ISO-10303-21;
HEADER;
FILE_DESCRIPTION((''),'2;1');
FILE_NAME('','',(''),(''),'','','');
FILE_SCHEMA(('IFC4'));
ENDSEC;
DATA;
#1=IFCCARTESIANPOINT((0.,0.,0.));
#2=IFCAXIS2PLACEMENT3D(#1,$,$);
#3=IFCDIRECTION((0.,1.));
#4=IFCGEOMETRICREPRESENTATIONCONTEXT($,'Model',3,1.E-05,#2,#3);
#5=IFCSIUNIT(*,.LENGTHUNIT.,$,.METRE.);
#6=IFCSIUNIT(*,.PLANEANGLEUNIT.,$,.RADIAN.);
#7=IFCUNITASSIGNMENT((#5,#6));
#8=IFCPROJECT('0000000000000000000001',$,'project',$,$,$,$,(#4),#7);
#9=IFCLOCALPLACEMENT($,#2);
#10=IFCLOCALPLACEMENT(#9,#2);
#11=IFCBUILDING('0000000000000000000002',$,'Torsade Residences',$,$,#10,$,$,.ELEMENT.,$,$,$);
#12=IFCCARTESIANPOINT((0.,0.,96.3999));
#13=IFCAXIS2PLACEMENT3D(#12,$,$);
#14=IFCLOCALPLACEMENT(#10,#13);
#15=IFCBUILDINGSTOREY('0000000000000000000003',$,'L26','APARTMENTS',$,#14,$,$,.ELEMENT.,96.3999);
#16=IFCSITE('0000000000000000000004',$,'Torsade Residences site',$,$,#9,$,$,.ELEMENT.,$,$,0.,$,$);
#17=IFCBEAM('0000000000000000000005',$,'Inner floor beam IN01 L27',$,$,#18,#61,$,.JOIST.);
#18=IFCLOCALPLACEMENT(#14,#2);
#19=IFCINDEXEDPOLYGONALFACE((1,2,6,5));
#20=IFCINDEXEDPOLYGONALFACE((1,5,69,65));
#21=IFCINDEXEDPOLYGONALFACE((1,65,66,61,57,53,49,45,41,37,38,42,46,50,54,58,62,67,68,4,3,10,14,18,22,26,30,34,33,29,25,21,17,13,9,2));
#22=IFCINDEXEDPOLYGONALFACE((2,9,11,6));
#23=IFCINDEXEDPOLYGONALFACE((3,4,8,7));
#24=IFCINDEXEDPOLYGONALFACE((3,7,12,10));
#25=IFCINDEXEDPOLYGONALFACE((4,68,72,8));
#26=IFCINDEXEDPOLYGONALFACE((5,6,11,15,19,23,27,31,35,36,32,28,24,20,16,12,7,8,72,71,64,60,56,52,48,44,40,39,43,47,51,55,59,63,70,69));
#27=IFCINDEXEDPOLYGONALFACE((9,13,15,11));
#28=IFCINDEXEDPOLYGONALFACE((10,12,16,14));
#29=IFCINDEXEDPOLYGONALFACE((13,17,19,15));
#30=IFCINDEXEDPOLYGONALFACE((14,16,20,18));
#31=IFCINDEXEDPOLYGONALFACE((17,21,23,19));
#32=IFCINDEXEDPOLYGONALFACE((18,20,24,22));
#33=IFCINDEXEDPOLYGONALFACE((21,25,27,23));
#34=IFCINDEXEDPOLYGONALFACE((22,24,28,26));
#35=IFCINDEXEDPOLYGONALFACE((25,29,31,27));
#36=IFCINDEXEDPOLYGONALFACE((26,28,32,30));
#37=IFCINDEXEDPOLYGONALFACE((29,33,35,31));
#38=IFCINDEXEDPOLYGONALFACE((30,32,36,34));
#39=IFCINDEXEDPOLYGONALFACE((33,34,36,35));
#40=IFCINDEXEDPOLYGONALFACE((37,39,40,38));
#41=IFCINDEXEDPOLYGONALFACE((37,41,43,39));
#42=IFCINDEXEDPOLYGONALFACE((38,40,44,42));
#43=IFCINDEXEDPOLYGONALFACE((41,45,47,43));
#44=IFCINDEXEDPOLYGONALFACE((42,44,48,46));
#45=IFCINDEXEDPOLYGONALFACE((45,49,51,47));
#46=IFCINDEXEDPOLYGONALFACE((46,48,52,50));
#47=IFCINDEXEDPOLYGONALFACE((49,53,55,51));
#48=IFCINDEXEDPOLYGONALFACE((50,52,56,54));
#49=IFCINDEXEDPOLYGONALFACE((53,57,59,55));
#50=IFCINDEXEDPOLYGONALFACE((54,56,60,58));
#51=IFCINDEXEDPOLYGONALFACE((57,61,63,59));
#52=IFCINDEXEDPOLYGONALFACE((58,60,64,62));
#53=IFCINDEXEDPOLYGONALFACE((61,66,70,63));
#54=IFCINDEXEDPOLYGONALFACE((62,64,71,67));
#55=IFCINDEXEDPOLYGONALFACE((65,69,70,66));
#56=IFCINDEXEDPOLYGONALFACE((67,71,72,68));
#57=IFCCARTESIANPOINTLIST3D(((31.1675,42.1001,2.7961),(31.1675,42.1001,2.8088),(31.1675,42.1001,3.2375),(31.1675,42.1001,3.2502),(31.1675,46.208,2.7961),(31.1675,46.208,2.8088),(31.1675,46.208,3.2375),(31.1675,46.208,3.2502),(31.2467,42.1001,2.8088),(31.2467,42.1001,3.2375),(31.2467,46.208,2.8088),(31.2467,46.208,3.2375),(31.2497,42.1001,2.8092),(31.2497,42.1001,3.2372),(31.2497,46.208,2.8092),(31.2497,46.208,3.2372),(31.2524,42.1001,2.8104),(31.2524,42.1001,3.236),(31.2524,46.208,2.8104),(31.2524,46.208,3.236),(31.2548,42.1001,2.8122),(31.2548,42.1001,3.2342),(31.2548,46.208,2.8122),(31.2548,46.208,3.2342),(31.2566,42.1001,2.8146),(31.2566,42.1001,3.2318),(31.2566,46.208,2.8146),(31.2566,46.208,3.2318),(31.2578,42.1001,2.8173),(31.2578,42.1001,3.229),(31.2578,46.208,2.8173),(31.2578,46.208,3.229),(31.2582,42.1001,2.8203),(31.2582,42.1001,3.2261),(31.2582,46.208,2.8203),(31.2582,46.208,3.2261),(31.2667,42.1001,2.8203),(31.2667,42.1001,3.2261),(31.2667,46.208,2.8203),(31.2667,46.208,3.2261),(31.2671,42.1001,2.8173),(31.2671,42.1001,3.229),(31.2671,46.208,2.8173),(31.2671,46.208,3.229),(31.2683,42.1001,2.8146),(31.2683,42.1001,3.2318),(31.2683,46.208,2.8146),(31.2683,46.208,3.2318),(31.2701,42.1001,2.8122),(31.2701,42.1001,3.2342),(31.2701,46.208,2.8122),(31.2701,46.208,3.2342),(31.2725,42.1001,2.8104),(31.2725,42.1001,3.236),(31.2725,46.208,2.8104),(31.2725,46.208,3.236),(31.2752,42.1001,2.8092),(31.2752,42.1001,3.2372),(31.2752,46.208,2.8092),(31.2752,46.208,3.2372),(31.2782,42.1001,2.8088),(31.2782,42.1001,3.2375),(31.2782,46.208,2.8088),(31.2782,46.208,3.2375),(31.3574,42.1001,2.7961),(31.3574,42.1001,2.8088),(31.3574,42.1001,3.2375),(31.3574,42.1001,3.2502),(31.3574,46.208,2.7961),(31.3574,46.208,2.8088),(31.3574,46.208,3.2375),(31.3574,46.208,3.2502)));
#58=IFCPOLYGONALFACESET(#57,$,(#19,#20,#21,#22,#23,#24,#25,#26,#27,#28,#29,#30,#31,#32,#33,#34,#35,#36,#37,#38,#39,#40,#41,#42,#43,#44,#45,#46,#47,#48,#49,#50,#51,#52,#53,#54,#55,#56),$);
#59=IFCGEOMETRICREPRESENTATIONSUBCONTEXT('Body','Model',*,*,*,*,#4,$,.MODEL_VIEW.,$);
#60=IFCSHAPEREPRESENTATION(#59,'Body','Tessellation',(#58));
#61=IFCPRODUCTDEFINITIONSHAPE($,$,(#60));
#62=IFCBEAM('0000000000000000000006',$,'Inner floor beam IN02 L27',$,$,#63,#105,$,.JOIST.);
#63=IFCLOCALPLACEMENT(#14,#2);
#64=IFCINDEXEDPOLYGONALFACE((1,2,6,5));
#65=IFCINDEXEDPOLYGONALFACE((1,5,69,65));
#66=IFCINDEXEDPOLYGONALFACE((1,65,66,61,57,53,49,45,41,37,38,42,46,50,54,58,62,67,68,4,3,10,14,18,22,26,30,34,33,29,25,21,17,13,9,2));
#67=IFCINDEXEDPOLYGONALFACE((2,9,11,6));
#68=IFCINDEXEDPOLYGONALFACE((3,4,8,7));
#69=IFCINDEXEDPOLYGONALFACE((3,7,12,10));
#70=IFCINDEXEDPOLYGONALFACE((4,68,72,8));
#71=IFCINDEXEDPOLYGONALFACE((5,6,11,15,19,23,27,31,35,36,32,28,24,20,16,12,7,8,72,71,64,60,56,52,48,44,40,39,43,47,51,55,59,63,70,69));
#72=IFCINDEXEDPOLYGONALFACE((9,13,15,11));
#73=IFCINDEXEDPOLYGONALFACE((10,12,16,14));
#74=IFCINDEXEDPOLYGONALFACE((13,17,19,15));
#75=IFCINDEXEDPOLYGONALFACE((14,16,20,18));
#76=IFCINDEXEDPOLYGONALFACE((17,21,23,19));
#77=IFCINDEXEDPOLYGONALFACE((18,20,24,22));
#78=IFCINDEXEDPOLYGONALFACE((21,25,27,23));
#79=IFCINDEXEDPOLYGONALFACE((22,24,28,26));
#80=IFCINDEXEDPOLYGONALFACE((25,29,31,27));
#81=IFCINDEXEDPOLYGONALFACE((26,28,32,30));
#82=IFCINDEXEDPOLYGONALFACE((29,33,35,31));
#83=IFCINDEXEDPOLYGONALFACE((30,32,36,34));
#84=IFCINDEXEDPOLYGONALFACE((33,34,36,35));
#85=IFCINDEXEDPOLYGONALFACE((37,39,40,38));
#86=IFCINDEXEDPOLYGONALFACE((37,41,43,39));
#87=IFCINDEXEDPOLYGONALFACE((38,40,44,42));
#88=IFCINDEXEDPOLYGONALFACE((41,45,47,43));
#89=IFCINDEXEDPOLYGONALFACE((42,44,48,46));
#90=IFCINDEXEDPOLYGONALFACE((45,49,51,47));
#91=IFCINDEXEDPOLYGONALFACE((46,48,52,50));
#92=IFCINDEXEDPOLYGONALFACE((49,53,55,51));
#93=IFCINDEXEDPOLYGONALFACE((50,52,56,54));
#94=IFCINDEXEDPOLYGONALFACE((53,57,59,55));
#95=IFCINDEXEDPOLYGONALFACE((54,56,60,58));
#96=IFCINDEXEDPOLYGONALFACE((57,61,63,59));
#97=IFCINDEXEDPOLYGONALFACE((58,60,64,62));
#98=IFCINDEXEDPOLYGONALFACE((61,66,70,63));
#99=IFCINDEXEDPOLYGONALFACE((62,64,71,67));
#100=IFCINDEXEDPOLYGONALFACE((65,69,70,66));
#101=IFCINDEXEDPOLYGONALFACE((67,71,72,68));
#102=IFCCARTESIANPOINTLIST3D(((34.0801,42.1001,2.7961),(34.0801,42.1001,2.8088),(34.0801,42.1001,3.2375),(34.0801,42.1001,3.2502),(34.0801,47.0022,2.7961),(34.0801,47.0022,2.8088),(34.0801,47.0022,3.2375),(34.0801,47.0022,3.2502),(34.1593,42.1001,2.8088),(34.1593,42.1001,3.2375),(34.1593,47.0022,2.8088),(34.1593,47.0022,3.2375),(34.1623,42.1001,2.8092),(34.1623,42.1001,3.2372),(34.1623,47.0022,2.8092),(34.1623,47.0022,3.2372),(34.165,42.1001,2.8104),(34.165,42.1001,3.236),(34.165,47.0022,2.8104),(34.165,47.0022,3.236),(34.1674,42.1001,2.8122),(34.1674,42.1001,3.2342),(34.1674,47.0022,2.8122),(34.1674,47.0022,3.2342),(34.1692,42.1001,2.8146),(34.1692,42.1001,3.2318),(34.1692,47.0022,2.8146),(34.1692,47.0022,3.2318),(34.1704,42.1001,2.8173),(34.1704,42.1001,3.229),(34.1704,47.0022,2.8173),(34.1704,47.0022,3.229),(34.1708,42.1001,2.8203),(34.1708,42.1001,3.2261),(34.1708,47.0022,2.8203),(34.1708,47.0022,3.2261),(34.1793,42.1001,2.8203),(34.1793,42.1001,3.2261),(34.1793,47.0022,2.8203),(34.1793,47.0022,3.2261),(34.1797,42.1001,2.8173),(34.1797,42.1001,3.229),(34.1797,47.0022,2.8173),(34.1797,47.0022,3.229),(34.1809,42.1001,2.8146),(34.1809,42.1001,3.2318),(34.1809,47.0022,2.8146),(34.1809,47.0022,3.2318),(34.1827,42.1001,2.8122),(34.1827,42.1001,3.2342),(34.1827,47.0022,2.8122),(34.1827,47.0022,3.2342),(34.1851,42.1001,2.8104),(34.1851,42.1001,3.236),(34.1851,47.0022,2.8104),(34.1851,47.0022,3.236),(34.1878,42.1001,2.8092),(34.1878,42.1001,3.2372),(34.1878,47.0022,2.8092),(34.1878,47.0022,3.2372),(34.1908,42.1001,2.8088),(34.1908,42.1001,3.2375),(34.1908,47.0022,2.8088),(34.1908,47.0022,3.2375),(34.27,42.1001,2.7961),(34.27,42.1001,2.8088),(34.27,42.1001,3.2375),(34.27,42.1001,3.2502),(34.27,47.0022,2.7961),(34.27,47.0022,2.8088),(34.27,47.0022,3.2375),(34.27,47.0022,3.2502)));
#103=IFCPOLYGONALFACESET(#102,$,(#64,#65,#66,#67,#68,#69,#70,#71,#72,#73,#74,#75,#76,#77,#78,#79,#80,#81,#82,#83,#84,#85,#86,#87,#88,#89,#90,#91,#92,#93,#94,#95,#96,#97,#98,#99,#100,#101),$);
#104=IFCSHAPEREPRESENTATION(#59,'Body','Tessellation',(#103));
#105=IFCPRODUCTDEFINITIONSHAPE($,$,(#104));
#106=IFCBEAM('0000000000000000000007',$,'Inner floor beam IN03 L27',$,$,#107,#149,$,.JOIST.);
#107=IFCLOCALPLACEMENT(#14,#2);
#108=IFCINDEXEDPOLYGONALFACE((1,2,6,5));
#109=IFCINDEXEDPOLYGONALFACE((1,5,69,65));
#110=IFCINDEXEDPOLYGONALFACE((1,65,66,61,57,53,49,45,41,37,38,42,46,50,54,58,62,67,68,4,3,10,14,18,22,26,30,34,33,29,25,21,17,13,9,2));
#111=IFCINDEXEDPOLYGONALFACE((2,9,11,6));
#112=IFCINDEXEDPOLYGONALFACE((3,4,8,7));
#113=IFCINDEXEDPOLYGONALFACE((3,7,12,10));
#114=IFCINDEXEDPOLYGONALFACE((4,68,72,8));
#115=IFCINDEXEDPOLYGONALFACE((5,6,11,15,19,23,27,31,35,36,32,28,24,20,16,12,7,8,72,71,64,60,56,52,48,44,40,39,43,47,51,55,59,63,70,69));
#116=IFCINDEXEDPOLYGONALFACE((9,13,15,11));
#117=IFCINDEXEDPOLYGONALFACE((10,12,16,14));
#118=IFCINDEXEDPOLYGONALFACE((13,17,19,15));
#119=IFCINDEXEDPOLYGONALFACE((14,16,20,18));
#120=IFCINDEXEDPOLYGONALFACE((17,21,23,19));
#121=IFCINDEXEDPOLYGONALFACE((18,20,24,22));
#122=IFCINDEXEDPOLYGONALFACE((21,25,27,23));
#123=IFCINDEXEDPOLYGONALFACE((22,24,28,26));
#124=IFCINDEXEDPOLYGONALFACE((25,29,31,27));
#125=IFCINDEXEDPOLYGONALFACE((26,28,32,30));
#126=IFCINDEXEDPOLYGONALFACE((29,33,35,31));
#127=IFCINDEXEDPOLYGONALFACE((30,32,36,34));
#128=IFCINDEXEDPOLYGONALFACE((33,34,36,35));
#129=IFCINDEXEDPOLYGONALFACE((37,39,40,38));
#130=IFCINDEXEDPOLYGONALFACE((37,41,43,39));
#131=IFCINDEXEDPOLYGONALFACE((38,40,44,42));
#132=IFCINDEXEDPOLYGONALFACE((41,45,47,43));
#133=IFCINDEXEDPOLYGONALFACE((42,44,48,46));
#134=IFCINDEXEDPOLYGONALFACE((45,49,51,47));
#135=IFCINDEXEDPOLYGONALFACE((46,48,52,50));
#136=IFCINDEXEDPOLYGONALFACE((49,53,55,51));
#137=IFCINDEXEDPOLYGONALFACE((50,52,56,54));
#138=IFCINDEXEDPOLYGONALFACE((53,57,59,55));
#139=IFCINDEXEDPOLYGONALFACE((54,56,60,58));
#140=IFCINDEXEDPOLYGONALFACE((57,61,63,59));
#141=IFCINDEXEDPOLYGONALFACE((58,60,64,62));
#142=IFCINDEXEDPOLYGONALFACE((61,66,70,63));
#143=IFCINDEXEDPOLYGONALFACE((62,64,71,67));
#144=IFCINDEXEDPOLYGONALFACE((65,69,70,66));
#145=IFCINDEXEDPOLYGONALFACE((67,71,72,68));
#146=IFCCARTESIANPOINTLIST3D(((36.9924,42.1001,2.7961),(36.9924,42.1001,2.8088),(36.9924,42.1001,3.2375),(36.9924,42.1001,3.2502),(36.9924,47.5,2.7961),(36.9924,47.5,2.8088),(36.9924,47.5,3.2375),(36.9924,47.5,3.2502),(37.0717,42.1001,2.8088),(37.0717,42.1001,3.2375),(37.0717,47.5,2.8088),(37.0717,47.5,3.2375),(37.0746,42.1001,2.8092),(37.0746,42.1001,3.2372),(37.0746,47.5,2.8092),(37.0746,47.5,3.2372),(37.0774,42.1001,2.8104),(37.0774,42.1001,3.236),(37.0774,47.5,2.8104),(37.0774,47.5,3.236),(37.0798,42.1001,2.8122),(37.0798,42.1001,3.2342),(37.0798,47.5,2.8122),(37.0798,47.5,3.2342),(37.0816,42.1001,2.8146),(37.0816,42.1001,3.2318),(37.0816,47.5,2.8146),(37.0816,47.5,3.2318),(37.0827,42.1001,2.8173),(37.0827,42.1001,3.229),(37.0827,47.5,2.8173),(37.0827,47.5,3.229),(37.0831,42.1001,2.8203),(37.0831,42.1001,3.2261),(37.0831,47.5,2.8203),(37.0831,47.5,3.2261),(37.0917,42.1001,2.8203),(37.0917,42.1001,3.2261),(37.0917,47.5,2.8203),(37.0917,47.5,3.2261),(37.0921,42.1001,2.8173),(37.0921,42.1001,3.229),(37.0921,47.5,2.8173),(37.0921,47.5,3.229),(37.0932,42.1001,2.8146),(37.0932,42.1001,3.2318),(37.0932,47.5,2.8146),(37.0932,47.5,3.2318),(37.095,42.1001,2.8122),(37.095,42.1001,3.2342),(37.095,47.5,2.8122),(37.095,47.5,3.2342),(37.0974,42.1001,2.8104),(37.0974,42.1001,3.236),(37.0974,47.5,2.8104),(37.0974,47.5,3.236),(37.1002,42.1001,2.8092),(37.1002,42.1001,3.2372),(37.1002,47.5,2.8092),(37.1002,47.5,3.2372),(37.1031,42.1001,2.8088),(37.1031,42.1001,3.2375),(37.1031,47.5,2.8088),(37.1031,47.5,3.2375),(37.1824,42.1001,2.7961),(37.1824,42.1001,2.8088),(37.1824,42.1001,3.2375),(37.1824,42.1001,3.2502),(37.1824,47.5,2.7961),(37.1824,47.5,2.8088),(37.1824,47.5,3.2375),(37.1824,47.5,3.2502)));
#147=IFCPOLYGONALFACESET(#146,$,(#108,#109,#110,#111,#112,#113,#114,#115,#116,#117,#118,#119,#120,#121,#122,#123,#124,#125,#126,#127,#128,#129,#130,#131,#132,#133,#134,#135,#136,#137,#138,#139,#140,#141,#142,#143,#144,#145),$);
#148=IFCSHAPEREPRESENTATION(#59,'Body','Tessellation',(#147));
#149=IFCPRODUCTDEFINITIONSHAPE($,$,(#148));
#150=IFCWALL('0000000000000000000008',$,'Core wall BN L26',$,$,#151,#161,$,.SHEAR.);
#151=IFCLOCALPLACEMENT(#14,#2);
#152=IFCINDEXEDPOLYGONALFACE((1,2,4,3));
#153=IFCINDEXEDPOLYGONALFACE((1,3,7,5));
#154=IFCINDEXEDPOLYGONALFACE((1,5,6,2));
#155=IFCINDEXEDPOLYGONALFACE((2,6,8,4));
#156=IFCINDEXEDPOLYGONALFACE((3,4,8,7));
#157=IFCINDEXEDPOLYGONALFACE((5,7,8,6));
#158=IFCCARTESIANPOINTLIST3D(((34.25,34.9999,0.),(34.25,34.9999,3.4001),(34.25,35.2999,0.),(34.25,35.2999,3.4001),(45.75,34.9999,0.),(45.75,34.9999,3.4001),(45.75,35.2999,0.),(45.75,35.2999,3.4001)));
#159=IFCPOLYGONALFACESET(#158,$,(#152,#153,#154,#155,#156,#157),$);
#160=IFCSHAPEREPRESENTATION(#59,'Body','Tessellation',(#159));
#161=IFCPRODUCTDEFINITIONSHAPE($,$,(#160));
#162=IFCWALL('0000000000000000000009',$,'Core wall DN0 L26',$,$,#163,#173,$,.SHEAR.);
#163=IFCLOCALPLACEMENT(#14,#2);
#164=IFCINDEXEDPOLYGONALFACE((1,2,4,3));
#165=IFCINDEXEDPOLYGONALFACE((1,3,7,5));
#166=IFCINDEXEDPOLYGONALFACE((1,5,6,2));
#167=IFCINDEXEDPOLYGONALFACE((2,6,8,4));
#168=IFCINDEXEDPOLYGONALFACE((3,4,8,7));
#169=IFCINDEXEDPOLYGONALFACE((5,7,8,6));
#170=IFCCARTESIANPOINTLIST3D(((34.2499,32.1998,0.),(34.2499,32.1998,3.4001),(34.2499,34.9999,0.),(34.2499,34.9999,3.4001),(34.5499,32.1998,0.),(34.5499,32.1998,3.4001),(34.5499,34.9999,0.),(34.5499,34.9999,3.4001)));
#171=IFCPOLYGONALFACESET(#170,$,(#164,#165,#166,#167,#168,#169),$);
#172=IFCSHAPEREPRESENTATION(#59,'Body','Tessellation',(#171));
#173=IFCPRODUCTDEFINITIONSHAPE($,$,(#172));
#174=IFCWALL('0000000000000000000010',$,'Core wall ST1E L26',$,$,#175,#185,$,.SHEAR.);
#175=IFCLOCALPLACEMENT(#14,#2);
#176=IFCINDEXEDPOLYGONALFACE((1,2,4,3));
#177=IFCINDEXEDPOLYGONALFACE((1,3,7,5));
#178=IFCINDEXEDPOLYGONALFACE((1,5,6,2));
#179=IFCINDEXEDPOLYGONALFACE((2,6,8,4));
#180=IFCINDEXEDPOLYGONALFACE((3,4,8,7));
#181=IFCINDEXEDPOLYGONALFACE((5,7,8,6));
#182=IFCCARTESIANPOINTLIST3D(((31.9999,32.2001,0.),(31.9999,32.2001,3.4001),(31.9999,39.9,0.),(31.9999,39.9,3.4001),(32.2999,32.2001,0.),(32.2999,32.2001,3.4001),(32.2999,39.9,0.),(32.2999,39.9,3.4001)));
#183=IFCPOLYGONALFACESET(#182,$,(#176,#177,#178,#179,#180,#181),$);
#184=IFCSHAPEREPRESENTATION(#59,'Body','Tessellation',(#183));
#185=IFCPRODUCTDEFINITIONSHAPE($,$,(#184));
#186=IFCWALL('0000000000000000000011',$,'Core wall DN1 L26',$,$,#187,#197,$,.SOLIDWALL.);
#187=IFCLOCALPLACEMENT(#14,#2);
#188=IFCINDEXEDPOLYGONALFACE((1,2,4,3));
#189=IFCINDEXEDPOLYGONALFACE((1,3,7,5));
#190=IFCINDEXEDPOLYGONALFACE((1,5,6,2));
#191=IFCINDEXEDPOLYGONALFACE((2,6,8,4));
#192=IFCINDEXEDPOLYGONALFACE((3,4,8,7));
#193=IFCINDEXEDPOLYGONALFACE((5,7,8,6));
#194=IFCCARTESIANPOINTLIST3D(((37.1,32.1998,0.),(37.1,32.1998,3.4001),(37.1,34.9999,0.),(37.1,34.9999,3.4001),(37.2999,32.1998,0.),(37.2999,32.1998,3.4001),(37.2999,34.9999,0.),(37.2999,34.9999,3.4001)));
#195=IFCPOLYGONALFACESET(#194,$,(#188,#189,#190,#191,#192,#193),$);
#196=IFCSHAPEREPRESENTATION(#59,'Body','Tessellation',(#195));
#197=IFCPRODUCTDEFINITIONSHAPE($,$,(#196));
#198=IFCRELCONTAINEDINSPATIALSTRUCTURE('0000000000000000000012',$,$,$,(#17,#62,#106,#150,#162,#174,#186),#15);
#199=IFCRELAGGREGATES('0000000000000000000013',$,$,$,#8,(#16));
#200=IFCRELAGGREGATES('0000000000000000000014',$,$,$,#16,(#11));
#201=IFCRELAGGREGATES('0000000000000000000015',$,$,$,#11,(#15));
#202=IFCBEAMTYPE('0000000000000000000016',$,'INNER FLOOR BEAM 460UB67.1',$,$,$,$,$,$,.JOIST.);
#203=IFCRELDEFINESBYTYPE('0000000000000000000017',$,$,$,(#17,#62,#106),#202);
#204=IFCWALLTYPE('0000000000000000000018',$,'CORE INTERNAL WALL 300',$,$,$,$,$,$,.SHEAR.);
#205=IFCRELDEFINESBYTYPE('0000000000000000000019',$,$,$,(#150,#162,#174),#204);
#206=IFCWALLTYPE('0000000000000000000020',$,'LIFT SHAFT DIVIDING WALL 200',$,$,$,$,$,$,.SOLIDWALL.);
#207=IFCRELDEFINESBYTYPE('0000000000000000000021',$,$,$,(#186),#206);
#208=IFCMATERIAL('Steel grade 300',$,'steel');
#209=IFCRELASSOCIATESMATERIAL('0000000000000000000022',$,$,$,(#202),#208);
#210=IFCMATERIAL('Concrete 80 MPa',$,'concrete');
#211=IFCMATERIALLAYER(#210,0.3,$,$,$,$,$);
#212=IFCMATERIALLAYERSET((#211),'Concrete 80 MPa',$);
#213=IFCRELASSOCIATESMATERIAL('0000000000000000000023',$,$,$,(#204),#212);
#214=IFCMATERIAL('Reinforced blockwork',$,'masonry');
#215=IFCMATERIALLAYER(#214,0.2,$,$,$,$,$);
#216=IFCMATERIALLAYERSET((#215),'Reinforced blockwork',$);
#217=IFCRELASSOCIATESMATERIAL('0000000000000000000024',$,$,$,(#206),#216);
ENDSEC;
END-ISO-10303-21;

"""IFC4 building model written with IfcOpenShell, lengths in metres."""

from ifc_helpers import new_model, si_unit, direction, frame, frame_2d, origin, origin_2d, place, context, subcontext, project, spatial, rectangle, i_section, extrude, material, layer, layer_set, material_profile, profile_set, type_object, element, save


model = new_model("IFC4")

# Units and contexts
model_context = context("Model", 3, precision=1e-05, world=origin(), true_north=direction((0.0, 1.0)))
body_context = subcontext(model_context, "Body", "Model", "MODEL_VIEW")
ifc_project = project(units=[si_unit("LENGTHUNIT", "METRE"), si_unit("PLANEANGLEUNIT", "RADIAN")], contexts=[model_context])

# Site, building, storey
site_placement = place(None, origin())
site = spatial("IfcSite", under=ifc_project, at=site_placement, Name="Torsade Residences site", CompositionType="ELEMENT", RefElevation=0.0)
building_placement = place(site_placement, origin())
building = spatial("IfcBuilding", under=site, at=building_placement, Name="Torsade Residences", CompositionType="ELEMENT")
storey_placement = place(building_placement, frame((0.0, 0.0, 96.3999)))
storey = spatial("IfcBuildingStorey", under=building, at=storey_placement, Name="L26", Description="APARTMENTS", CompositionType="ELEMENT", Elevation=96.3999)

# Beams
ifc_material_1 = material(Name="Steel grade 300", Category="steel")
ifc_material_profile = material_profile(ifc_material_1, i_section(OverallWidth=0.1899, OverallDepth=0.4541, WebThickness=0.0085, FlangeThickness=0.0127, FilletRadius=0.0115, at=origin_2d()), Name="460UB67.1")
ifc_profile_set = profile_set([ifc_material_profile], Name="Steel grade 300")
beam_type = type_object("IfcBeamType", Name="INNER FLOOR BEAM 460UB67.1", PredefinedType="JOIST", material=ifc_profile_set)
beam_1_placement = place(storey_placement, frame((31.2625, 42.1001, 3.0232), z_axis=(0.0, 1.0, 0.0), x_axis=(-1.0, 0.0, 0.0)))
element("IfcBeam", 1, at=beam_1_placement, inside=storey, type_object=beam_type, Name="Inner floor beam IN01 L27", PredefinedType="JOIST", context=body_context, shape_type="SweptSolid", body=[
    extrude(i_section(OverallWidth=0.1899, OverallDepth=0.4541, WebThickness=0.0085, FlangeThickness=0.0127, FilletRadius=0.0115, at=origin_2d()), origin(), (0.0, 0.0, 1.0), 4.1079),
])
beam_2_placement = place(storey_placement, frame((34.175, 42.1001, 3.0232), z_axis=(0.0, 1.0, 0.0), x_axis=(-1.0, 0.0, 0.0)))
element("IfcBeam", 2, at=beam_2_placement, inside=storey, type_object=beam_type, Name="Inner floor beam IN02 L27", PredefinedType="JOIST", context=body_context, shape_type="SweptSolid", body=[
    extrude(i_section(OverallWidth=0.1899, OverallDepth=0.4541, WebThickness=0.0085, FlangeThickness=0.0127, FilletRadius=0.0115, at=origin_2d()), origin(), (0.0, 0.0, 1.0), 4.9021),
])
beam_3_placement = place(storey_placement, frame((37.0874, 42.1001, 3.0232), z_axis=(0.0, 1.0, 0.0), x_axis=(-1.0, 0.0, 0.0)))
element("IfcBeam", 3, at=beam_3_placement, inside=storey, type_object=beam_type, Name="Inner floor beam IN03 L27", PredefinedType="JOIST", context=body_context, shape_type="SweptSolid", body=[
    extrude(i_section(OverallWidth=0.1899, OverallDepth=0.4541, WebThickness=0.0085, FlangeThickness=0.0127, FilletRadius=0.0115, at=origin_2d()), origin(), (0.0, 0.0, 1.0), 5.3999),
])

# Walls
ifc_material_2 = material(Name="Concrete 80 MPa", Category="concrete")
ifc_layer_1 = layer(ifc_material_2, 0.3)
ifc_layer_set_1 = layer_set([ifc_layer_1], Name="Concrete 80 MPa")
wall_type_1 = type_object("IfcWallType", Name="CORE INTERNAL WALL 300", PredefinedType="SHEAR", material=ifc_layer_set_1)
wall_1_placement = place(storey_placement, frame((34.25, 35.1499, 0.0), z_axis=(0.0, 0.0, 1.0), x_axis=(1.0, 0.0, 0.0)))
element("IfcWall", 4, at=wall_1_placement, inside=storey, type_object=wall_type_1, Name="Core wall BN L26", PredefinedType="SHEAR", context=body_context, shape_type="SweptSolid", body=[
    extrude(rectangle(XDim=11.5, YDim=0.3, at=frame_2d((5.75, 0.0))), origin(), (0.0, 0.0, 1.0), 3.4001),
])
wall_2_placement = place(storey_placement, frame((34.3999, 32.2, 0.0), z_axis=(0.0, 0.0, 1.0), x_axis=(0.0, 1.0, 0.0)))
element("IfcWall", 5, at=wall_2_placement, inside=storey, type_object=wall_type_1, Name="Core wall DN0 L26", PredefinedType="SHEAR", context=body_context, shape_type="SweptSolid", body=[
    extrude(rectangle(XDim=2.8, YDim=0.3, at=frame_2d((1.3999, 0.0))), origin(), (0.0, 0.0, 1.0), 3.4001),
])
wall_3_placement = place(storey_placement, frame((32.1499, 32.2, 0.0), z_axis=(0.0, 0.0, 1.0), x_axis=(0.0, 1.0, 0.0)))
element("IfcWall", 6, at=wall_3_placement, inside=storey, type_object=wall_type_1, Name="Core wall ST1E L26", PredefinedType="SHEAR", context=body_context, shape_type="SweptSolid", body=[
    extrude(rectangle(XDim=7.7, YDim=0.3, at=frame_2d((3.8501, 0.0))), origin(), (0.0, 0.0, 1.0), 3.4001),
])
ifc_material_3 = material(Name="Reinforced blockwork", Category="masonry")
ifc_layer_2 = layer(ifc_material_3, 0.2)
ifc_layer_set_2 = layer_set([ifc_layer_2], Name="Reinforced blockwork")
wall_type_2 = type_object("IfcWallType", Name="LIFT SHAFT DIVIDING WALL 200", PredefinedType="SOLIDWALL", material=ifc_layer_set_2)
for number, where, z_axis, x_axis, name in (
    (7, (37.2, 32.2, 0.0), (0.0, 0.0, 1.0), (0.0, 1.0, 0.0), "Core wall DN1 L26"),
):
    element("IfcWall", number, at=place(storey_placement, frame(where, z_axis=z_axis, x_axis=x_axis)), inside=storey, type_object=wall_type_2, Name=name, PredefinedType="SOLIDWALL", context=body_context, shape_type="SweptSolid", body=[
        extrude(rectangle(XDim=2.8, YDim=0.2, at=frame_2d((1.3999, 0.0))), origin(), (0.0, 0.0, 1.0), 3.4001),
    ])

save(model, "model.ifc")
